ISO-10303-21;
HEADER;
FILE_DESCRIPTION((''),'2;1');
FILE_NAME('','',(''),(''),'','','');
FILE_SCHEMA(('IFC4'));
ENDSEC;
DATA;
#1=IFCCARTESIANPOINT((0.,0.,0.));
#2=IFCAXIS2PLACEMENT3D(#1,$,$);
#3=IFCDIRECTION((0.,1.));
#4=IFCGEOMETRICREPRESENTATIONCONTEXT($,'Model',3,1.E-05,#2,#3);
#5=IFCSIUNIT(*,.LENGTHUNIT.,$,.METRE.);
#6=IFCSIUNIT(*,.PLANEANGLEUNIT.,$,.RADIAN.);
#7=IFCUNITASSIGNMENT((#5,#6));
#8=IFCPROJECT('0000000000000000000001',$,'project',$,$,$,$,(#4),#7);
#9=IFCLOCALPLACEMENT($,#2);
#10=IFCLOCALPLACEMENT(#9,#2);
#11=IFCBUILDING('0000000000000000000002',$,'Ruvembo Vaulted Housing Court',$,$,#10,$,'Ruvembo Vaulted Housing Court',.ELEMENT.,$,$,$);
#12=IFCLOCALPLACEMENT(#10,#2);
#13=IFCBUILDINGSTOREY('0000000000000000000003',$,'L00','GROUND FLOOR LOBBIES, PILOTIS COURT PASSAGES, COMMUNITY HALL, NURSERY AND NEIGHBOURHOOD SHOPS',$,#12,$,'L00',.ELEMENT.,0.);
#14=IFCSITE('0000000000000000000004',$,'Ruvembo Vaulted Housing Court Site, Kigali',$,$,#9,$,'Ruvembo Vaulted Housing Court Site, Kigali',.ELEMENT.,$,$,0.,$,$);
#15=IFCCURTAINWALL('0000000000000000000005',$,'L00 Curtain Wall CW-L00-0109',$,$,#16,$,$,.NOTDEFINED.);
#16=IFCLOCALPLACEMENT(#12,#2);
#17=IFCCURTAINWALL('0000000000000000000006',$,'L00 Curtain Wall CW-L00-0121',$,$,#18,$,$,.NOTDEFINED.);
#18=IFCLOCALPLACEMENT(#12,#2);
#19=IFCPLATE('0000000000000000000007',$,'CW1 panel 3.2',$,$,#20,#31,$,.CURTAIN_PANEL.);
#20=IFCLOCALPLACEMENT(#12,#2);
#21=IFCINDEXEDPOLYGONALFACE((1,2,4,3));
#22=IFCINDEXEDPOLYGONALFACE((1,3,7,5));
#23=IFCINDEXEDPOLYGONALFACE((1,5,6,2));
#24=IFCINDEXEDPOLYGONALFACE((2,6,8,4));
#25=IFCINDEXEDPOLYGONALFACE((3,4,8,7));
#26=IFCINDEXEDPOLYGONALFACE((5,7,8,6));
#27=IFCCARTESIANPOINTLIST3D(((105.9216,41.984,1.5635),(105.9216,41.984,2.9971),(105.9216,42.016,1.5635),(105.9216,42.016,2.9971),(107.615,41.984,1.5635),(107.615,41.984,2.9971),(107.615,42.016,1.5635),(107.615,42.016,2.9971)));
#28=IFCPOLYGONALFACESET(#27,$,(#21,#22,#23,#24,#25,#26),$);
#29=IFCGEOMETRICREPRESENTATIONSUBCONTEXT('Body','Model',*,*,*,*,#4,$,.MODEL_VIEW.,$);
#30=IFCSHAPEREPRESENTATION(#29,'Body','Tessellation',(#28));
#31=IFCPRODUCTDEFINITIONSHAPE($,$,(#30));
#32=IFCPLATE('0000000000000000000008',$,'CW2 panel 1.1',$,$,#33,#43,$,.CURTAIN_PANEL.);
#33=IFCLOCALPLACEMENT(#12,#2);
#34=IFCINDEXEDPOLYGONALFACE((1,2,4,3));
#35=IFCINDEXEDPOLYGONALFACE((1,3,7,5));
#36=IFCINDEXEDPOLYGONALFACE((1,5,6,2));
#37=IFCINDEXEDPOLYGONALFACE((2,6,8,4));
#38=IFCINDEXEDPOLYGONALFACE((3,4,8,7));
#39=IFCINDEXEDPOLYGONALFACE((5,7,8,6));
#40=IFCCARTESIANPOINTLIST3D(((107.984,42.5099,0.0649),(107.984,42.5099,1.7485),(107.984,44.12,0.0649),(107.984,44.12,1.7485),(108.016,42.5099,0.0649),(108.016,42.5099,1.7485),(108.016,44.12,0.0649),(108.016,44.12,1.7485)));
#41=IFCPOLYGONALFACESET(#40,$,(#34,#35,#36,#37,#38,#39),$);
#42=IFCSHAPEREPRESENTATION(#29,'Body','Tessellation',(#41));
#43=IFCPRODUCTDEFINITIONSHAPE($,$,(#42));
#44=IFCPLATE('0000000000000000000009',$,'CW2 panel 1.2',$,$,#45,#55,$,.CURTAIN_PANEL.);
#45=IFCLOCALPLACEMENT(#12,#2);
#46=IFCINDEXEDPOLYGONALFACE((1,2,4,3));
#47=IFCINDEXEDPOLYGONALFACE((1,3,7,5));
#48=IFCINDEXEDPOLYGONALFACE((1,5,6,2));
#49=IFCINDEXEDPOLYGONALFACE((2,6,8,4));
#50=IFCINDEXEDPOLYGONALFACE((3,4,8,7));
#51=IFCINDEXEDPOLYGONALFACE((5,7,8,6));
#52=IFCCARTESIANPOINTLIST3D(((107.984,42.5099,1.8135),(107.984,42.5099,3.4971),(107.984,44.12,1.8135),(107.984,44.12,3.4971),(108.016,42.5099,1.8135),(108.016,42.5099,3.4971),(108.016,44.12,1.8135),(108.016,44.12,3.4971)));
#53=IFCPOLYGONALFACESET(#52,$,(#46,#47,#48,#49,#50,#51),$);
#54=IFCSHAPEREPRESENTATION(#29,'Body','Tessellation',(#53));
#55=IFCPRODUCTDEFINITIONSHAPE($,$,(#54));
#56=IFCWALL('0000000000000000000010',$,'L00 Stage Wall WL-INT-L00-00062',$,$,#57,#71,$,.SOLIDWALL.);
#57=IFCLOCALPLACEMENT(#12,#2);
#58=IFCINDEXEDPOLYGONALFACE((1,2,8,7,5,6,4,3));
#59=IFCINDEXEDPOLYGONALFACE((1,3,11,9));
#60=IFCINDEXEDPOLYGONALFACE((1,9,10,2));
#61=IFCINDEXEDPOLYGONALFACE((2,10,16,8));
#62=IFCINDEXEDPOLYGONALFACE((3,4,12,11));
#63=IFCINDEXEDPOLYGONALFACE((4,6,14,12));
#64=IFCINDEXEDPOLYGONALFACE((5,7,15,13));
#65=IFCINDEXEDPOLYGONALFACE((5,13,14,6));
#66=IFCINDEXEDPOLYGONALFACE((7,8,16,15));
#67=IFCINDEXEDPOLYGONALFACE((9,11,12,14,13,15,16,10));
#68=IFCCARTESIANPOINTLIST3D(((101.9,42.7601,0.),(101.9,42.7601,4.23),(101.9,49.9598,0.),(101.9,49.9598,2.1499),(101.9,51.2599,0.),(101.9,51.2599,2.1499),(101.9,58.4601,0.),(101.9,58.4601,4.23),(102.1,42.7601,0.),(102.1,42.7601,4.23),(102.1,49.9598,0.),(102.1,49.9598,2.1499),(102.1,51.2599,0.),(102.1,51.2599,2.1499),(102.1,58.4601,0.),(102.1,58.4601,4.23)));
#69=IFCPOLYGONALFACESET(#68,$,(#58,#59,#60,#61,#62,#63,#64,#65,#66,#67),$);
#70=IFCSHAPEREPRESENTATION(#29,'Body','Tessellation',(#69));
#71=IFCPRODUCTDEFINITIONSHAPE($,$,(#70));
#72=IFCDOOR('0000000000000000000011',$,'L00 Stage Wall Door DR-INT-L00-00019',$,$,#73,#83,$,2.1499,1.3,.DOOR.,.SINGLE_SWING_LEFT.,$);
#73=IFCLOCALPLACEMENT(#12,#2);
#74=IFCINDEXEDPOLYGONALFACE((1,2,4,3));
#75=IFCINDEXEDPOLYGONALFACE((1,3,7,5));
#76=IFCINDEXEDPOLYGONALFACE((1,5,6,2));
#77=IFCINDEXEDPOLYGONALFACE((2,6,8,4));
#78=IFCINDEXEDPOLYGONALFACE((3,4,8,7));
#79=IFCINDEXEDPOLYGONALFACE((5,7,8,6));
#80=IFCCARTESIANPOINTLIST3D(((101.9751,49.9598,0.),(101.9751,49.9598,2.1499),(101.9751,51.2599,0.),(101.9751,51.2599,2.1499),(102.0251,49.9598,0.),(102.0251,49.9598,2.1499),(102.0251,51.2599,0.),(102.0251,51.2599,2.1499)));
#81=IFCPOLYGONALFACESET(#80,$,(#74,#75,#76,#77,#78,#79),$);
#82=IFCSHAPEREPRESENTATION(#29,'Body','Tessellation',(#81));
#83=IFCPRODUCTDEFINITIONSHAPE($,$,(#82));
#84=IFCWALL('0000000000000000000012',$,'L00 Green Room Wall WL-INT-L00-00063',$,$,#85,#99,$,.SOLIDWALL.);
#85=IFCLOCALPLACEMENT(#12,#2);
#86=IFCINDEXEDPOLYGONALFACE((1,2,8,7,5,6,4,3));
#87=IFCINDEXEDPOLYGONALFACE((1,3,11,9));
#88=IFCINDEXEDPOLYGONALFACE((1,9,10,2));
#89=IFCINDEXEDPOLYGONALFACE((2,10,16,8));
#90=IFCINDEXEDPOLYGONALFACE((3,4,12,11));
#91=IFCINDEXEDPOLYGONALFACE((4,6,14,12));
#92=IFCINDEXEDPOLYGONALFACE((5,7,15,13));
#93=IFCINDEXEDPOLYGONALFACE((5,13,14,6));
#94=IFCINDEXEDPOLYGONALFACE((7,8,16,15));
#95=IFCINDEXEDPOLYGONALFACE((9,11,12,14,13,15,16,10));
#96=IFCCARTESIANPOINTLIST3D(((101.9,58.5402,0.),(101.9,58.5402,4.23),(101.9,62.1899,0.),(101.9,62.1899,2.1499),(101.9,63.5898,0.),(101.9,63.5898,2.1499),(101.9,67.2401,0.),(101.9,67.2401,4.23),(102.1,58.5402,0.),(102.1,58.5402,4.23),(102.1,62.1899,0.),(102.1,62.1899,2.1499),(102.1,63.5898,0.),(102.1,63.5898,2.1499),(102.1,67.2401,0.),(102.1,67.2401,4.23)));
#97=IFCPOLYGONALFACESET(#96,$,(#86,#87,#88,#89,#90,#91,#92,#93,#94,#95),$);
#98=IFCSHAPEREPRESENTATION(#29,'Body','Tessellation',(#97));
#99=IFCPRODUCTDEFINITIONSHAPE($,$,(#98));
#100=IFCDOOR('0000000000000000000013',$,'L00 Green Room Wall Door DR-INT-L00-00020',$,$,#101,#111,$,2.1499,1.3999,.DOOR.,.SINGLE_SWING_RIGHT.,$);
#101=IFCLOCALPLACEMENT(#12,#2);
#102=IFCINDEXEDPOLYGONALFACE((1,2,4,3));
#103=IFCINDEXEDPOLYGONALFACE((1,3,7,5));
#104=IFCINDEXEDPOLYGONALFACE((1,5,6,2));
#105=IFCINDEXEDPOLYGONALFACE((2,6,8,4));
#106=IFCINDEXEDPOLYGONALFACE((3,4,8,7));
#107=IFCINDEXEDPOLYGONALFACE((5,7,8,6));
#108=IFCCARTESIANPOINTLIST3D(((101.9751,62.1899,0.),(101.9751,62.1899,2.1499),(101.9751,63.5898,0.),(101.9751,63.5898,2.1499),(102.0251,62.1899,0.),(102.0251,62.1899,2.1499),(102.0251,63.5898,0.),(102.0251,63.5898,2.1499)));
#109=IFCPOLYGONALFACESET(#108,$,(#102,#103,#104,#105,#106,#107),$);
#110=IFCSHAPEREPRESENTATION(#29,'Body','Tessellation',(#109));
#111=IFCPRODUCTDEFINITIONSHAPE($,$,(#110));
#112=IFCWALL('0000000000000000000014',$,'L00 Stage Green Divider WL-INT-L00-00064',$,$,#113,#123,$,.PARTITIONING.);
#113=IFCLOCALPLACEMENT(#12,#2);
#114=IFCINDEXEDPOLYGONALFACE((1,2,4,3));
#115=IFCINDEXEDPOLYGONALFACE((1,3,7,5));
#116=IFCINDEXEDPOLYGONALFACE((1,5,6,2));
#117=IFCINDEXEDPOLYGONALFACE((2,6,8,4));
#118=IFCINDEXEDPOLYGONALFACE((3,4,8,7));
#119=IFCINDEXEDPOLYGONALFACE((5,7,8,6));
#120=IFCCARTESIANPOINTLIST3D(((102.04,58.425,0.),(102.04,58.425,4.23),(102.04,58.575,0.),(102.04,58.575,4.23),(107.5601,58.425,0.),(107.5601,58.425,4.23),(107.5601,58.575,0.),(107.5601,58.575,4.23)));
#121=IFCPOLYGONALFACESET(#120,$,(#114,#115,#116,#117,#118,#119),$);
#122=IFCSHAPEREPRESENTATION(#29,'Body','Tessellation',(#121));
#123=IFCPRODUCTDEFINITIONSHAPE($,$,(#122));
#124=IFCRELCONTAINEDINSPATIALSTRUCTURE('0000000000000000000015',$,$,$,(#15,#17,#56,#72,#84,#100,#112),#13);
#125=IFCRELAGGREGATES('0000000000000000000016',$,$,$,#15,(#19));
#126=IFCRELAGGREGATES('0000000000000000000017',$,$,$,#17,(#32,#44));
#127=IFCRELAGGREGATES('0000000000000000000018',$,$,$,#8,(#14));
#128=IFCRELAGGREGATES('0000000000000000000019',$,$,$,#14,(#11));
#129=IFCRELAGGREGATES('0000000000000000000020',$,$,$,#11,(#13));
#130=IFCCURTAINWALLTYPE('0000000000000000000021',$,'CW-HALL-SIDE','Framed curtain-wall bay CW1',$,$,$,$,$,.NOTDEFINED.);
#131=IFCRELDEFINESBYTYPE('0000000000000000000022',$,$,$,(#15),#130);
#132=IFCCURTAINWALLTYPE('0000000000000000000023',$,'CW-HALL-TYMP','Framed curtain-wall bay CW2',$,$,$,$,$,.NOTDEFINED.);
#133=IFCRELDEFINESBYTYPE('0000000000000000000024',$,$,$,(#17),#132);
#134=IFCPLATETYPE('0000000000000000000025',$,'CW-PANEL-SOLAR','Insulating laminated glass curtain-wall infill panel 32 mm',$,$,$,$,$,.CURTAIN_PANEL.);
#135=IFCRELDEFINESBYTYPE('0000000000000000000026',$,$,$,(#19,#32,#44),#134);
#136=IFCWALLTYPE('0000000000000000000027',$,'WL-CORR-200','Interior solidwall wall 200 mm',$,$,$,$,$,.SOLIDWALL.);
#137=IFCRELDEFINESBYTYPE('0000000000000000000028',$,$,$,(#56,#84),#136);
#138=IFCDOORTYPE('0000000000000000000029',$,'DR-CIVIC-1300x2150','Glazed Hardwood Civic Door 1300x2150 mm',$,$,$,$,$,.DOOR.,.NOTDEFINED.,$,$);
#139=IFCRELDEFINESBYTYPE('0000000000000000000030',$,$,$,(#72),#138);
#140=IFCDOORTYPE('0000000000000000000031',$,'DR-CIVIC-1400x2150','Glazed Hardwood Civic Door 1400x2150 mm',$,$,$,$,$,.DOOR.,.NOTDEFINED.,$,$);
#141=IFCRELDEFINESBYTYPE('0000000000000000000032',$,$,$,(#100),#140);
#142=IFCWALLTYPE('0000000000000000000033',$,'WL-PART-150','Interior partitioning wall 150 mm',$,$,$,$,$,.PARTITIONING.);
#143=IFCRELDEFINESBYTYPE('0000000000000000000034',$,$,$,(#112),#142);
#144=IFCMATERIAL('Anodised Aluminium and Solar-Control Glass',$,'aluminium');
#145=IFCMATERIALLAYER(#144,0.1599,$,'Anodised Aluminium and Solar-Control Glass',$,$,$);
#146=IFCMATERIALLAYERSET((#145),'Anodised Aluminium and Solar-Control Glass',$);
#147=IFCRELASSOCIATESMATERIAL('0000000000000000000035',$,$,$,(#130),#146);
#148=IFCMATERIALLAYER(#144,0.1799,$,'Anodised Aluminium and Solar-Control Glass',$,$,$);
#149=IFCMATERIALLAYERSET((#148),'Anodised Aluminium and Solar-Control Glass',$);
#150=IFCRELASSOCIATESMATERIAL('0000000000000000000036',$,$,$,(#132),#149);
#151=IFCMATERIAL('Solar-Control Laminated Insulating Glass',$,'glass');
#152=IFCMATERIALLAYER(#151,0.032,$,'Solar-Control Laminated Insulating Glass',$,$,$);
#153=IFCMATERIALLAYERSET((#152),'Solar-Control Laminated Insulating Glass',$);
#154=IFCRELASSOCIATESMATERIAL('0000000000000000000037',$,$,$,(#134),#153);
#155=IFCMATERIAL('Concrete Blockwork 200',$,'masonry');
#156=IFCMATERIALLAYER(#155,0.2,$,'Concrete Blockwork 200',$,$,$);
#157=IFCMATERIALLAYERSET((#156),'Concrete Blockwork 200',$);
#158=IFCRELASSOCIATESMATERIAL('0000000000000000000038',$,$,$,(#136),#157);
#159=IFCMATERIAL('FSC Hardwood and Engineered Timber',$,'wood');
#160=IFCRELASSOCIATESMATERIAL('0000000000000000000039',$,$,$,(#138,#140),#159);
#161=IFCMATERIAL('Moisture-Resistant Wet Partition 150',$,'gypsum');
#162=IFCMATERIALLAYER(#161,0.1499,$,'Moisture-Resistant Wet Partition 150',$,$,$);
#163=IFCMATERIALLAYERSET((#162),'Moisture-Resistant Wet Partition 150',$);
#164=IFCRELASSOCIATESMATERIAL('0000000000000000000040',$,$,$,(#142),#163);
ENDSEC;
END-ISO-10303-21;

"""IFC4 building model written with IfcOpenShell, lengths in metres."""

from ifc_helpers import new_model, si_unit, direction, frame, frame_2d, origin, origin_2d, place, context, subcontext, project, spatial, rectangle, extrude, material, layer, layer_set, type_object, element, fill, aggregate, save


model = new_model("IFC4")

# Units and contexts
model_context = context("Model", 3, precision=1e-05, world=origin(), true_north=direction((0.0, 1.0)))
body_context = subcontext(model_context, "Body", "Model", "MODEL_VIEW")
ifc_project = project(units=[si_unit("LENGTHUNIT", "METRE"), si_unit("PLANEANGLEUNIT", "RADIAN")], contexts=[model_context])

# Site, building, storey
site_placement = place(None, origin())
site = spatial("IfcSite", under=ifc_project, at=site_placement, Name="Ruvembo Vaulted Housing Court Site, Kigali", LongName="Ruvembo Vaulted Housing Court Site, Kigali", CompositionType="ELEMENT", RefElevation=0.0)
building_placement = place(site_placement, origin())
building = spatial("IfcBuilding", under=site, at=building_placement, Name="Ruvembo Vaulted Housing Court", LongName="Ruvembo Vaulted Housing Court", CompositionType="ELEMENT")
storey_placement = place(building_placement, origin())
storey = spatial("IfcBuildingStorey", under=building, at=storey_placement, Name="L00", Description="GROUND FLOOR LOBBIES, PILOTIS COURT PASSAGES, COMMUNITY HALL, NURSERY AND NEIGHBOURHOOD SHOPS", LongName="L00", CompositionType="ELEMENT", Elevation=0.0)

# Curtain walls
ifc_material_1 = material(Name="Anodised Aluminium and Solar-Control Glass", Category="aluminium")
ifc_layer_1 = layer(ifc_material_1, 0.1599, Name="Anodised Aluminium and Solar-Control Glass")
ifc_layer_set_1 = layer_set([ifc_layer_1], Name="Anodised Aluminium and Solar-Control Glass")
curtain_wall_type_1 = type_object("IfcCurtainWallType", Name="CW-HALL-SIDE", Description="Framed curtain-wall bay CW1", PredefinedType="NOTDEFINED", material=ifc_layer_set_1)
curtain_wall_1_placement = place(storey_placement, origin())
curtain_wall_1 = element("IfcCurtainWall", 1, at=curtain_wall_1_placement, inside=storey, type_object=curtain_wall_type_1, Name="L00 Curtain Wall CW-L00-0109", PredefinedType="NOTDEFINED")
ifc_layer_2 = layer(ifc_material_1, 0.1799, Name="Anodised Aluminium and Solar-Control Glass")
ifc_layer_set_2 = layer_set([ifc_layer_2], Name="Anodised Aluminium and Solar-Control Glass")
curtain_wall_type_2 = type_object("IfcCurtainWallType", Name="CW-HALL-TYMP", Description="Framed curtain-wall bay CW2", PredefinedType="NOTDEFINED", material=ifc_layer_set_2)
curtain_wall_2_placement = place(storey_placement, origin())
curtain_wall_2 = element("IfcCurtainWall", 2, at=curtain_wall_2_placement, inside=storey, type_object=curtain_wall_type_2, Name="L00 Curtain Wall CW-L00-0121", PredefinedType="NOTDEFINED")

# Plates
ifc_material_2 = material(Name="Solar-Control Laminated Insulating Glass", Category="glass")
ifc_layer_3 = layer(ifc_material_2, 0.032, Name="Solar-Control Laminated Insulating Glass")
ifc_layer_set_3 = layer_set([ifc_layer_3], Name="Solar-Control Laminated Insulating Glass")
plate_type = type_object("IfcPlateType", Name="CW-PANEL-SOLAR", Description="Insulating laminated glass curtain-wall infill panel 32 mm", PredefinedType="CURTAIN_PANEL", material=ifc_layer_set_3)
plate_1_placement = place(storey_placement, frame((106.7683, 42.0, 1.5635), z_axis=(0.0, 0.0, 1.0), x_axis=(1.0, 0.0, 0.0)))
plate_1 = element("IfcPlate", 3, at=plate_1_placement, type_object=plate_type, Name="CW1 panel 3.2", PredefinedType="CURTAIN_PANEL", context=body_context, shape_type="SweptSolid", body=[
    extrude(rectangle(XDim=1.6934, YDim=0.032, at=origin_2d()), origin(), (0.0, 0.0, 1.0), 1.4336),
])
aggregate(curtain_wall_1, [plate_1])
plate_2_placement = place(storey_placement, frame((108.0, 43.3149, 0.0649), z_axis=(0.0, 0.0, 1.0), x_axis=(0.0, 1.0, 0.0)))
plate_2 = element("IfcPlate", 4, at=plate_2_placement, type_object=plate_type, Name="CW2 panel 1.1", PredefinedType="CURTAIN_PANEL", context=body_context, shape_type="SweptSolid", body=[
    extrude(rectangle(XDim=1.6101, YDim=0.032, at=origin_2d()), origin(), (0.0, 0.0, 1.0), 1.6836),
])
plate_3_placement = place(storey_placement, frame((108.0, 43.3149, 1.8135), z_axis=(0.0, 0.0, 1.0), x_axis=(0.0, 1.0, 0.0)))
plate_3 = element("IfcPlate", 5, at=plate_3_placement, type_object=plate_type, Name="CW2 panel 1.2", PredefinedType="CURTAIN_PANEL", context=body_context, shape_type="SweptSolid", body=[
    extrude(rectangle(XDim=1.6101, YDim=0.032, at=origin_2d()), origin(), (0.0, 0.0, 1.0), 1.6836),
])
aggregate(curtain_wall_2, [plate_2, plate_3])

# Walls, openings, doors
ifc_material_3 = material(Name="Concrete Blockwork 200", Category="masonry")
ifc_layer_4 = layer(ifc_material_3, 0.2, Name="Concrete Blockwork 200")
ifc_layer_set_4 = layer_set([ifc_layer_4], Name="Concrete Blockwork 200")
wall_type_1 = type_object("IfcWallType", Name="WL-CORR-200", Description="Interior solidwall wall 200 mm", PredefinedType="SOLIDWALL", material=ifc_layer_set_4)
wall_1_placement = place(storey_placement, frame((102.0, 42.76, 0.0), z_axis=(0.0, 0.0, 1.0), x_axis=(0.0, 1.0, 0.0)))
wall_1 = element("IfcWall", 6, at=wall_1_placement, inside=storey, type_object=wall_type_1, Name="L00 Stage Wall WL-INT-L00-00062", PredefinedType="SOLIDWALL", context=body_context, shape_type="SweptSolid", body=[
    extrude(rectangle(XDim=15.7, YDim=0.2, at=frame_2d((7.8501, 0.0))), origin(), (0.0, 0.0, 1.0), 4.23),
])
opening_1_placement = place(wall_1_placement, frame((7.2, 0.0, 0.0)))
opening_1 = element("IfcOpeningElement", 7, at=opening_1_placement, cuts=wall_1, PredefinedType="OPENING", context=body_context, shape_type="SweptSolid", body=[
    extrude(rectangle(XDim=1.3, YDim=2.1499, at=frame_2d((0.6499, 1.075))), frame((0.0, 0.1099, 0.0), z_axis=(0.0, -1.0, 0.0), x_axis=(1.0, 0.0, 0.0)), (0.0, 0.0, 1.0), 0.22),
])
ifc_material_4 = material(Name="FSC Hardwood and Engineered Timber", Category="wood")
door_type_1 = type_object("IfcDoorType", Name="DR-CIVIC-1300x2150", Description="Glazed Hardwood Civic Door 1300x2150 mm", OperationType="NOTDEFINED", PredefinedType="DOOR", material=ifc_material_4)
door_1_placement = place(opening_1_placement, origin())
door_1 = element("IfcDoor", 8, at=door_1_placement, inside=storey, type_object=door_type_1, Name="L00 Stage Wall Door DR-INT-L00-00019", OperationType="SINGLE_SWING_LEFT", OverallHeight=2.1499, OverallWidth=1.3, PredefinedType="DOOR", context=body_context, shape_type="SweptSolid", body=[
    extrude(rectangle(XDim=1.3, YDim=2.1499, at=frame_2d((0.6499, 1.075))), frame((0.0, 0.0249, 0.0), z_axis=(0.0, -1.0, 0.0), x_axis=(1.0, 0.0, 0.0)), (0.0, 0.0, 1.0), 0.05),
])
fill(opening_1, door_1)
wall_2_placement = place(storey_placement, frame((102.0, 58.54, 0.0), z_axis=(0.0, 0.0, 1.0), x_axis=(0.0, 1.0, 0.0)))
wall_2 = element("IfcWall", 9, at=wall_2_placement, inside=storey, type_object=wall_type_1, Name="L00 Green Room Wall WL-INT-L00-00063", PredefinedType="SOLIDWALL", context=body_context, shape_type="SweptSolid", body=[
    extrude(rectangle(XDim=8.7, YDim=0.2, at=frame_2d((4.3501, 0.0))), origin(), (0.0, 0.0, 1.0), 4.23),
])
opening_2_placement = place(wall_2_placement, frame((3.6499, 0.0, 0.0)))
opening_2 = element("IfcOpeningElement", 10, at=opening_2_placement, cuts=wall_2, PredefinedType="OPENING", context=body_context, shape_type="SweptSolid", body=[
    extrude(rectangle(XDim=1.3999, YDim=2.1499, at=frame_2d((0.7, 1.075))), frame((0.0, 0.1099, 0.0), z_axis=(0.0, -1.0, 0.0), x_axis=(1.0, 0.0, 0.0)), (0.0, 0.0, 1.0), 0.22),
])
door_type_2 = type_object("IfcDoorType", Name="DR-CIVIC-1400x2150", Description="Glazed Hardwood Civic Door 1400x2150 mm", OperationType="NOTDEFINED", PredefinedType="DOOR", material=ifc_material_4)
door_2_placement = place(opening_2_placement, origin())
door_2 = element("IfcDoor", 11, at=door_2_placement, inside=storey, type_object=door_type_2, Name="L00 Green Room Wall Door DR-INT-L00-00020", OperationType="SINGLE_SWING_RIGHT", OverallHeight=2.1499, OverallWidth=1.3999, PredefinedType="DOOR", context=body_context, shape_type="SweptSolid", body=[
    extrude(rectangle(XDim=1.3999, YDim=2.1499, at=frame_2d((0.7, 1.075))), frame((0.0, 0.0249, 0.0), z_axis=(0.0, -1.0, 0.0), x_axis=(1.0, 0.0, 0.0)), (0.0, 0.0, 1.0), 0.05),
])
fill(opening_2, door_2)

# Wall
ifc_material_5 = material(Name="Moisture-Resistant Wet Partition 150", Category="gypsum")
ifc_layer_5 = layer(ifc_material_5, 0.1499, Name="Moisture-Resistant Wet Partition 150")
ifc_layer_set_5 = layer_set([ifc_layer_5], Name="Moisture-Resistant Wet Partition 150")
wall_type_2 = type_object("IfcWallType", Name="WL-PART-150", Description="Interior partitioning wall 150 mm", PredefinedType="PARTITIONING", material=ifc_layer_set_5)
wall_3_placement = place(storey_placement, frame((102.04, 58.5, 0.0), z_axis=(0.0, 0.0, 1.0), x_axis=(1.0, 0.0, 0.0)))
element("IfcWall", 12, at=wall_3_placement, inside=storey, type_object=wall_type_2, Name="L00 Stage Green Divider WL-INT-L00-00064", PredefinedType="PARTITIONING", context=body_context, shape_type="SweptSolid", body=[
    extrude(rectangle(XDim=5.52, YDim=0.1499, at=frame_2d((2.76, 0.0))), origin(), (0.0, 0.0, 1.0), 4.23),
])

save(model, "model.ifc")
